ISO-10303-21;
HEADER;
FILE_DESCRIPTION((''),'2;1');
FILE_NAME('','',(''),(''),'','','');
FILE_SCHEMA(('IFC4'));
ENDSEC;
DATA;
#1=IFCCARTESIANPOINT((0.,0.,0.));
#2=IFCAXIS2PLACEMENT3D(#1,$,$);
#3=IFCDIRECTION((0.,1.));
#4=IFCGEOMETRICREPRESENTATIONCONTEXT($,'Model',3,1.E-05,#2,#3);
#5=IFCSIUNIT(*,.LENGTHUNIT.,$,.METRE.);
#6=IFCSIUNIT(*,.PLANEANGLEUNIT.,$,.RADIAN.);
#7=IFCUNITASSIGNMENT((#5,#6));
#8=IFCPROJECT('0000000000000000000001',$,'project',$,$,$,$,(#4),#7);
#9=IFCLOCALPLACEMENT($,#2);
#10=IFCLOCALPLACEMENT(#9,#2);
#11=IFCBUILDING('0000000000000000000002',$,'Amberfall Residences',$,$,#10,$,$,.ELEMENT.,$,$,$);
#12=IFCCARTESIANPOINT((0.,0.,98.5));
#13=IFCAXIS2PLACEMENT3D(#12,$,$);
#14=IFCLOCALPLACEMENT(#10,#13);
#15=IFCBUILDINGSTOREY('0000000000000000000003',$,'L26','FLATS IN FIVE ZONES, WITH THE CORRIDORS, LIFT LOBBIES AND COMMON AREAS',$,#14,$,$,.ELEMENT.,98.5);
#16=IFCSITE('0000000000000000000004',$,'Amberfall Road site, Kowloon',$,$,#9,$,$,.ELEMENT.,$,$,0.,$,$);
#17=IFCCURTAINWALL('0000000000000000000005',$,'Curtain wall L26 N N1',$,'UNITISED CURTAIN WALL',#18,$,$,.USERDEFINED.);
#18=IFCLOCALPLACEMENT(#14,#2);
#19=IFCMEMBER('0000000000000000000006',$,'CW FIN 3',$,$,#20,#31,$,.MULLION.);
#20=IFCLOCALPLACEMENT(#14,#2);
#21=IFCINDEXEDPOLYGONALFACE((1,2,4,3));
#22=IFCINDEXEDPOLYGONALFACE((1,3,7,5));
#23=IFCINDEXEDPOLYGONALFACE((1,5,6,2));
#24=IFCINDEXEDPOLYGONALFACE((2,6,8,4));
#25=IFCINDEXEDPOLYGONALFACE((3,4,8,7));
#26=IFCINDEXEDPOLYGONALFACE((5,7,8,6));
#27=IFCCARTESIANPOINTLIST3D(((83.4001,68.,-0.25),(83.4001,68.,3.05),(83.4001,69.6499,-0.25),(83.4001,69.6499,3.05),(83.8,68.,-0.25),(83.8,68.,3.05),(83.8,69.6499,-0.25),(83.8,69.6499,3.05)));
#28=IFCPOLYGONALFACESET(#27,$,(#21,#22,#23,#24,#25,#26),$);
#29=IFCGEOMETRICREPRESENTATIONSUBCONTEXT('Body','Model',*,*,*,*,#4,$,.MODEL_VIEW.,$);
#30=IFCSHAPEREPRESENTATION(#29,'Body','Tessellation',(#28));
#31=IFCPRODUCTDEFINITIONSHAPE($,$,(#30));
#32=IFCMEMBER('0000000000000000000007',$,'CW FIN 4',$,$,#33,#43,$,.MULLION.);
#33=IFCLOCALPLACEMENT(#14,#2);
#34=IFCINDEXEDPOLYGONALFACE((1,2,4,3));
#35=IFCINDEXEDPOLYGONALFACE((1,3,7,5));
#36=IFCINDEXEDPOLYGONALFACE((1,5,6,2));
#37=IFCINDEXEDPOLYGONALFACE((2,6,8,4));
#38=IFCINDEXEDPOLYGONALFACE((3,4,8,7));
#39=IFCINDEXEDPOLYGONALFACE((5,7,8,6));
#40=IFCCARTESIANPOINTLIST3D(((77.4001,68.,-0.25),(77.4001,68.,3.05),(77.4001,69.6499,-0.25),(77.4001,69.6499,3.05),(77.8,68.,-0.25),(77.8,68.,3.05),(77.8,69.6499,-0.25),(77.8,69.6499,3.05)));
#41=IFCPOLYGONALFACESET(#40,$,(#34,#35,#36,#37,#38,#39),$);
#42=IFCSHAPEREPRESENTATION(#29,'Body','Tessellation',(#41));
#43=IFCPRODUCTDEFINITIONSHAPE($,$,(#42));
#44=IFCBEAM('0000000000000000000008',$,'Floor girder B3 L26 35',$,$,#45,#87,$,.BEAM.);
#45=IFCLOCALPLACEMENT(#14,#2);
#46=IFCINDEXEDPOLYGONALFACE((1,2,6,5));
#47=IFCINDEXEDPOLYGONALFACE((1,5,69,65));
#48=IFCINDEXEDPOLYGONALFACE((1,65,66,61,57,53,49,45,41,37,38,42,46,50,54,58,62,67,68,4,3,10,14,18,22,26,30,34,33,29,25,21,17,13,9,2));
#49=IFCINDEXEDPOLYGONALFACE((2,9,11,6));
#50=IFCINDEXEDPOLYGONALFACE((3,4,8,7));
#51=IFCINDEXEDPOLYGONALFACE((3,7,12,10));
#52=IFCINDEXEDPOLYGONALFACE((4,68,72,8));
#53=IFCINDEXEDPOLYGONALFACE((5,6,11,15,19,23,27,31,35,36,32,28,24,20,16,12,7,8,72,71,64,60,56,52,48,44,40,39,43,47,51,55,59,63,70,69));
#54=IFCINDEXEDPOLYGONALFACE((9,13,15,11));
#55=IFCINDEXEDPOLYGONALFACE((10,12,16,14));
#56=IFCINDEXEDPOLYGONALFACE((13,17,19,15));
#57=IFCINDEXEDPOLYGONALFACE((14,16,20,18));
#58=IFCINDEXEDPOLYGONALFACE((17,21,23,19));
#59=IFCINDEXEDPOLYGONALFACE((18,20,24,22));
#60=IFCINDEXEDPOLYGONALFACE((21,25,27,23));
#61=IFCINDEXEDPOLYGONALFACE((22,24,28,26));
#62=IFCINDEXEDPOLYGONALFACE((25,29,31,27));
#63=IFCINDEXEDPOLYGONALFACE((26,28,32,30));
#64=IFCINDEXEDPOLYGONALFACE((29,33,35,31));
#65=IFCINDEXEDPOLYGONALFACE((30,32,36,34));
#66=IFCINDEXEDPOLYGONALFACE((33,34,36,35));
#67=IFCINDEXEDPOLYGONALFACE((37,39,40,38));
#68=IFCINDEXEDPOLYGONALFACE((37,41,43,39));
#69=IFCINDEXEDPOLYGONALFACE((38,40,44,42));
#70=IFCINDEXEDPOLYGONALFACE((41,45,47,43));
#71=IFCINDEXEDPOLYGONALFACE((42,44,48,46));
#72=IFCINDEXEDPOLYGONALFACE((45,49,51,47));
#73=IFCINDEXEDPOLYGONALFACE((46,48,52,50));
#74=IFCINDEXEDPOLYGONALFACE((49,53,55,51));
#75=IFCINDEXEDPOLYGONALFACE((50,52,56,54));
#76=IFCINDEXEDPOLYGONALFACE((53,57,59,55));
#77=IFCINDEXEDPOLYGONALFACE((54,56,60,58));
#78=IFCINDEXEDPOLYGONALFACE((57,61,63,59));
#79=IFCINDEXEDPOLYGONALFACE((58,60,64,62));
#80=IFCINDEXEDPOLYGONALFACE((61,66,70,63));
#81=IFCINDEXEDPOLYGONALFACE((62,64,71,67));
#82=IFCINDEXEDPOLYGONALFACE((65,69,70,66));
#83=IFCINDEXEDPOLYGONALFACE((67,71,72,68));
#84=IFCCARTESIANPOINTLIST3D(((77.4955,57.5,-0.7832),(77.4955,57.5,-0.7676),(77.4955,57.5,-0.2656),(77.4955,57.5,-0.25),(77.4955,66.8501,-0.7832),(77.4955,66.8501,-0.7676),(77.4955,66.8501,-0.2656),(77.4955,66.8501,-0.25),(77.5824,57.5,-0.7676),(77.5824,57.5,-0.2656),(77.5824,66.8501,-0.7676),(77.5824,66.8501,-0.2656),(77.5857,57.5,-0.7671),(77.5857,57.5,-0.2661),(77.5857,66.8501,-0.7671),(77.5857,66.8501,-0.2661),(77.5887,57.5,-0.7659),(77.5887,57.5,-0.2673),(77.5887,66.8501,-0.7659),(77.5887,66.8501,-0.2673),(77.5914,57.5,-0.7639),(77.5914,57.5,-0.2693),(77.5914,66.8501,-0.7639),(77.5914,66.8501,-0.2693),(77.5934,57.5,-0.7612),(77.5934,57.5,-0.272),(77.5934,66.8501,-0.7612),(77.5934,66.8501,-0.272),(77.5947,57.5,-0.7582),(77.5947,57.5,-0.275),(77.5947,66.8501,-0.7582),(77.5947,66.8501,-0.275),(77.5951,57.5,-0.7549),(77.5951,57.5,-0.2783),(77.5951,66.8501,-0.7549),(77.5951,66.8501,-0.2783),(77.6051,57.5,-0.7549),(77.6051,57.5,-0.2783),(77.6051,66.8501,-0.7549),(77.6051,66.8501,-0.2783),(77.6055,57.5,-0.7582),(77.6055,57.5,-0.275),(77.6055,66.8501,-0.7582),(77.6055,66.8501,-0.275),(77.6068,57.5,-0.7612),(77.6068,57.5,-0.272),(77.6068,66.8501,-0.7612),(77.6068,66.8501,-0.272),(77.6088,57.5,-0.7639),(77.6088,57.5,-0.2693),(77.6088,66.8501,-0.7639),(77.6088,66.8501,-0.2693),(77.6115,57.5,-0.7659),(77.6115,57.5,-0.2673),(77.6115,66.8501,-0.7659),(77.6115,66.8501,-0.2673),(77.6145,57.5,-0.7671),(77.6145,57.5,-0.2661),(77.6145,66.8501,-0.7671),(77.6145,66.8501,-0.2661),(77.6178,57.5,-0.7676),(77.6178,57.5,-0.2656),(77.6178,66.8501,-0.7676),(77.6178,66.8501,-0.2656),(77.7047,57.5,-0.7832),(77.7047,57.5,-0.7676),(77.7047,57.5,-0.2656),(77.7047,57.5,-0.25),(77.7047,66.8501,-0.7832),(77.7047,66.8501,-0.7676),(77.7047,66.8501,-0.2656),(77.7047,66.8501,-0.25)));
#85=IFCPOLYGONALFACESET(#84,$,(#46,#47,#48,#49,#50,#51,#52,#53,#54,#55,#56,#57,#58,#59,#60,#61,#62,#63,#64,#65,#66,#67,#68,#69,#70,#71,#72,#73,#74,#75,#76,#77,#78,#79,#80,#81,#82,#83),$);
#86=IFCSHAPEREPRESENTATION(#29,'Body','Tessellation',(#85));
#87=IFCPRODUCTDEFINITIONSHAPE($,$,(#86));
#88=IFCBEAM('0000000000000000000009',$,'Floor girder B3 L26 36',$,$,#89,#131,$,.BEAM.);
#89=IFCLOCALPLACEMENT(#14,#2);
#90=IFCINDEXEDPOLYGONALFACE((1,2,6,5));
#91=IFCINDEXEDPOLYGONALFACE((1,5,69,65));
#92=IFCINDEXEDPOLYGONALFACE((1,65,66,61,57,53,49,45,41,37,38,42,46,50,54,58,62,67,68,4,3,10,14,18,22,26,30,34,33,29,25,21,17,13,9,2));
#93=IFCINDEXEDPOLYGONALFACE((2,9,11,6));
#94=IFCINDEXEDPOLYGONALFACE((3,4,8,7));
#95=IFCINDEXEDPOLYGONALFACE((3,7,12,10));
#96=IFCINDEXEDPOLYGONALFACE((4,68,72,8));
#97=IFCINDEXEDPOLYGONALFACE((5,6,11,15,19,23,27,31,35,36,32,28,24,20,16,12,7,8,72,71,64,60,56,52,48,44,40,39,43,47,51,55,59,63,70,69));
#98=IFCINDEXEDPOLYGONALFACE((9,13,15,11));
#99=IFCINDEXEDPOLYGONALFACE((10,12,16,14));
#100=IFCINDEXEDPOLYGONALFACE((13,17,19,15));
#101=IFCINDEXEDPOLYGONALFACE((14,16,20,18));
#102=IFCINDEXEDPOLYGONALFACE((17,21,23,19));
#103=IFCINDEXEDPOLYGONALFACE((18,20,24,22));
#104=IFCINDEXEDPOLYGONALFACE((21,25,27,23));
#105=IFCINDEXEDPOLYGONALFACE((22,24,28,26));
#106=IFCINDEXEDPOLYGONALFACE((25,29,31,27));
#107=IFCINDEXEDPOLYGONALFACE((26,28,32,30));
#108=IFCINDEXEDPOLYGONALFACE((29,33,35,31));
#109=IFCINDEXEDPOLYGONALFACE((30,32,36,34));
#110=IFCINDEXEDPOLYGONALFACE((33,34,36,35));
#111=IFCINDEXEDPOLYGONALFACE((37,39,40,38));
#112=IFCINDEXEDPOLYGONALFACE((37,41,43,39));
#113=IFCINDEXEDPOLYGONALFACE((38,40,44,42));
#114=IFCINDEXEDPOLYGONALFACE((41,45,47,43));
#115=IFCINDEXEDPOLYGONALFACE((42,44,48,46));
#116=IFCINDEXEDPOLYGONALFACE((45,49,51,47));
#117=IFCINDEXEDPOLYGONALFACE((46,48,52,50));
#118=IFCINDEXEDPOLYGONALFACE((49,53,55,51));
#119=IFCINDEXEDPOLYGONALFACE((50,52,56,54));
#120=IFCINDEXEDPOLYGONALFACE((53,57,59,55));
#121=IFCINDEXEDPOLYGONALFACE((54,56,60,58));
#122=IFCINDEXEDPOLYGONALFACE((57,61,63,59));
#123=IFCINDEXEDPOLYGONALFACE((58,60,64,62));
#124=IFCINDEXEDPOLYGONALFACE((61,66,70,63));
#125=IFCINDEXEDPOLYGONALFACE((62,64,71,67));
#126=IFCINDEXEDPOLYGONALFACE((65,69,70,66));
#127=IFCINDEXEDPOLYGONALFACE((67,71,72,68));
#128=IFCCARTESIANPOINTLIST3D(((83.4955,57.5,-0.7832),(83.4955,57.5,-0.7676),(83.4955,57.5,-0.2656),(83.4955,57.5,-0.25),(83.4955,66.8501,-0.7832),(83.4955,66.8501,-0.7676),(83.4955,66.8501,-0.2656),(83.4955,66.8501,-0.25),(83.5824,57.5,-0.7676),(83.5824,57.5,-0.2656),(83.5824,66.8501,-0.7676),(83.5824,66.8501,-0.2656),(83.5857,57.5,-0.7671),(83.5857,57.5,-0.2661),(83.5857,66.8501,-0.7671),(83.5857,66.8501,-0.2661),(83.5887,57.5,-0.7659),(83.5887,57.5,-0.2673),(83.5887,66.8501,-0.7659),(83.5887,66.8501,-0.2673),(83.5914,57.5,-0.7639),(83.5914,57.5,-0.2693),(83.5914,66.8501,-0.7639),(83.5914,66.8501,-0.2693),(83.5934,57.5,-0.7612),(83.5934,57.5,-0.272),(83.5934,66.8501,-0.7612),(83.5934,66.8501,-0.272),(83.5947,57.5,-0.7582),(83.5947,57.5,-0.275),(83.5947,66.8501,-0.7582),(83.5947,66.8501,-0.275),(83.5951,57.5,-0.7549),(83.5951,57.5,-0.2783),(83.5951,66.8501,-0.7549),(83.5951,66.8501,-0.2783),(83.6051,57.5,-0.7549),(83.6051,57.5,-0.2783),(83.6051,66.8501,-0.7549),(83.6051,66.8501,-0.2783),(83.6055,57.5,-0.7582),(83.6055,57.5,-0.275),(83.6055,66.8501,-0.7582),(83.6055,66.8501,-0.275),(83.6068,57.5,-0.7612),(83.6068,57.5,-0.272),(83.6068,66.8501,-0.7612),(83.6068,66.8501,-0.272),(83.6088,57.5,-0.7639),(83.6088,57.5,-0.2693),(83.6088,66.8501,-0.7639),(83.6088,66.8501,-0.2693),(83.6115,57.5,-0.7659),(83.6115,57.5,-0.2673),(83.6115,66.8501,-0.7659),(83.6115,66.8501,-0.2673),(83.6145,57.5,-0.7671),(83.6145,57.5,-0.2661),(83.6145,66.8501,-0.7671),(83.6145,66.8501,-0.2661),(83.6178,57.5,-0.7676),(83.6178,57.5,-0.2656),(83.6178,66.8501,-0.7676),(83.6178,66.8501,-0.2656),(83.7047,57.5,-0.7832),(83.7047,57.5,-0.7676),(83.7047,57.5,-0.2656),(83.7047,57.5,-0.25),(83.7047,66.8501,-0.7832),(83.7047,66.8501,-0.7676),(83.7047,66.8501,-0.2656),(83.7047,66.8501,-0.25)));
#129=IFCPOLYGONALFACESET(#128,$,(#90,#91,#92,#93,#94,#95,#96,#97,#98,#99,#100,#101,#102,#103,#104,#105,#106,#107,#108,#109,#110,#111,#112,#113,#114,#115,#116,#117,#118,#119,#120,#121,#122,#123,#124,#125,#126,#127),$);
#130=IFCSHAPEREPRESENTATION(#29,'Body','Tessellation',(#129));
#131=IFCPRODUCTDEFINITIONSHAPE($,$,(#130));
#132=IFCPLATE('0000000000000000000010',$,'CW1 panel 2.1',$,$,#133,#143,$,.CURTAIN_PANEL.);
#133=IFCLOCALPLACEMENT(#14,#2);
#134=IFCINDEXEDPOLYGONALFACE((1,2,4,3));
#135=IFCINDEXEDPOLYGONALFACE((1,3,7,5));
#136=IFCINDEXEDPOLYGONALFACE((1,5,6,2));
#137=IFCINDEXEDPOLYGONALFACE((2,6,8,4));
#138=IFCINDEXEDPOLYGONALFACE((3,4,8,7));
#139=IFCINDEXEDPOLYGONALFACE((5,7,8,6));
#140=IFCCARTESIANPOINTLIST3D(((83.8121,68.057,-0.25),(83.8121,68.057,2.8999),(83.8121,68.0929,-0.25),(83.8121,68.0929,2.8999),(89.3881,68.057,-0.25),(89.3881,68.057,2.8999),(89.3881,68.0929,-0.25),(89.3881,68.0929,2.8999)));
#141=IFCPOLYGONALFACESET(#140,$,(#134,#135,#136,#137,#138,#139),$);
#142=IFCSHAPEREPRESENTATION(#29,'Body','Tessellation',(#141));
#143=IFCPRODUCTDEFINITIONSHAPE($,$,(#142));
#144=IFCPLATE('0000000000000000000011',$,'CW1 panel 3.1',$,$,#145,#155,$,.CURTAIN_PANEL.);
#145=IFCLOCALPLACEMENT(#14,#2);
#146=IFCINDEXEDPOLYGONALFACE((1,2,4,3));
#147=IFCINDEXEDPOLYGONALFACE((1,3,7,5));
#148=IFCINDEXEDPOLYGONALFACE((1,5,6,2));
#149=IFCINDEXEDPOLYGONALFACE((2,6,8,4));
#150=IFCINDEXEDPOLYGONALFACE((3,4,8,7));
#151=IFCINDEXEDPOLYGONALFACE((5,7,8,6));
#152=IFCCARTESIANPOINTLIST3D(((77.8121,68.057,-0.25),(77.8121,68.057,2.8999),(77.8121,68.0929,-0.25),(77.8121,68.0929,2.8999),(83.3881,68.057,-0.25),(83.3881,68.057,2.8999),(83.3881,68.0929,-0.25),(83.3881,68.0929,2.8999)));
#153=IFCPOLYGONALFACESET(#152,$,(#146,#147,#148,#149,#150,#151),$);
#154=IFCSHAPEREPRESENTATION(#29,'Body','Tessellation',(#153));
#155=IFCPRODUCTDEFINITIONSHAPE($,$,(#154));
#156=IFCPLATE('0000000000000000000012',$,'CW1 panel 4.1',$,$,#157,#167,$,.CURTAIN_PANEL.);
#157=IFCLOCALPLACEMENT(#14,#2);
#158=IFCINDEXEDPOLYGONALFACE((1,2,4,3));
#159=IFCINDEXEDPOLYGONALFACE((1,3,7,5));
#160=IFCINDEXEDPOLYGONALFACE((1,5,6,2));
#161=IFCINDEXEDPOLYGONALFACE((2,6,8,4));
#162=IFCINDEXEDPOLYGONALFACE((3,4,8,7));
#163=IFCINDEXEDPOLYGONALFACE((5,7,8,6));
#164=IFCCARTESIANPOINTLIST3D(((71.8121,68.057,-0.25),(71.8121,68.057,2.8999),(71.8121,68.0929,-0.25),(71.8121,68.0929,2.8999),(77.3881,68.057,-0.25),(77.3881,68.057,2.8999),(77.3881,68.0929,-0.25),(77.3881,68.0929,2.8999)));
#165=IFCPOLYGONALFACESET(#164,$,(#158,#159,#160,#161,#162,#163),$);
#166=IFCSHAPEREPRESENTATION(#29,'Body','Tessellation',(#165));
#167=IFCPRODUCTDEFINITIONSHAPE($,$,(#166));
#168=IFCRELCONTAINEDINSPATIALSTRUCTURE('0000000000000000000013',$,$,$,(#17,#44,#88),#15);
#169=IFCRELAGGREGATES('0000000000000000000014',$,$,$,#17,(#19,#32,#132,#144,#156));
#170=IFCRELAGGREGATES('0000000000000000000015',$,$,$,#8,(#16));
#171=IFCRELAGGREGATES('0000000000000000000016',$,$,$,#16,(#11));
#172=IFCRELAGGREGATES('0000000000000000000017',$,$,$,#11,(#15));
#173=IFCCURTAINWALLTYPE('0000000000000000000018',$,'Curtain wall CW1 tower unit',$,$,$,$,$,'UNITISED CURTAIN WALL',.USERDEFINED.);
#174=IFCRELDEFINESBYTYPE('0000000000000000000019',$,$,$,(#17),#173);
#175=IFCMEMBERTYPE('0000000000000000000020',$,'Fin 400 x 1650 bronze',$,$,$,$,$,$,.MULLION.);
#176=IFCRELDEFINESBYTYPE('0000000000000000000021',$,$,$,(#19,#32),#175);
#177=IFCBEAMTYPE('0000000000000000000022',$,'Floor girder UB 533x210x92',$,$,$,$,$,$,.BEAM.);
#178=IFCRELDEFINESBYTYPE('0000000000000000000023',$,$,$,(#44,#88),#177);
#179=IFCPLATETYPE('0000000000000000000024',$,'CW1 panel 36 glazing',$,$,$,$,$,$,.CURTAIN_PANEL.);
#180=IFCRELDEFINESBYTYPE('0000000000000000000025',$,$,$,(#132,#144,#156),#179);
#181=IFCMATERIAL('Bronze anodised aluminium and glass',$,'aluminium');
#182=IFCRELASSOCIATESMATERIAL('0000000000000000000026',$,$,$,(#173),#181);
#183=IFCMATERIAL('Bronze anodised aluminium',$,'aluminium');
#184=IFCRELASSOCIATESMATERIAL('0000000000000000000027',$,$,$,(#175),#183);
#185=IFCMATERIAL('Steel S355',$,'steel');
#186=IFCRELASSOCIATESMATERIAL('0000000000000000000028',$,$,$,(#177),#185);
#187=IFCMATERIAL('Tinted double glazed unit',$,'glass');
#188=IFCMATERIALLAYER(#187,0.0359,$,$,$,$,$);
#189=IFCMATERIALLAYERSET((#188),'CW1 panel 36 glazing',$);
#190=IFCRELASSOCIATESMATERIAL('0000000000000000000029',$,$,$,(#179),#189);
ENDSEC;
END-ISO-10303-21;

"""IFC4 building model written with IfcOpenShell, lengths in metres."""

from ifc_helpers import new_model, si_unit, direction, frame, origin, origin_2d, place, context, subcontext, project, spatial, rectangle, i_section, extrude, material, layer, layer_set, material_profile, profile_set, type_object, element, aggregate, save


model = new_model("IFC4")

# Units and contexts
model_context = context("Model", 3, precision=1e-05, world=origin(), true_north=direction((0.0, 1.0)))
body_context = subcontext(model_context, "Body", "Model", "MODEL_VIEW")
ifc_project = project(units=[si_unit("LENGTHUNIT", "METRE"), si_unit("PLANEANGLEUNIT", "RADIAN")], contexts=[model_context])

# Site, building, storey
site_placement = place(None, origin())
site = spatial("IfcSite", under=ifc_project, at=site_placement, Name="Amberfall Road site, Kowloon", CompositionType="ELEMENT", RefElevation=0.0)
building_placement = place(site_placement, origin())
building = spatial("IfcBuilding", under=site, at=building_placement, Name="Amberfall Residences", CompositionType="ELEMENT")
storey_placement = place(building_placement, frame((0.0, 0.0, 98.5)))
storey = spatial("IfcBuildingStorey", under=building, at=storey_placement, Name="L26", Description="FLATS IN FIVE ZONES, WITH THE CORRIDORS, LIFT LOBBIES AND COMMON AREAS", CompositionType="ELEMENT", Elevation=98.5)

# Curtain wall
ifc_material_1 = material(Name="Bronze anodised aluminium and glass", Category="aluminium")
curtain_wall_type = type_object("IfcCurtainWallType", Name="Curtain wall CW1 tower unit", ElementType="UNITISED CURTAIN WALL", PredefinedType="USERDEFINED", material=ifc_material_1)
curtain_wall_placement = place(storey_placement, origin())
curtain_wall = element("IfcCurtainWall", 1, at=curtain_wall_placement, inside=storey, type_object=curtain_wall_type, Name="Curtain wall L26 N N1", ObjectType="UNITISED CURTAIN WALL", PredefinedType="USERDEFINED")
ifc_material_2 = material(Name="Bronze anodised aluminium", Category="aluminium")

# Shared definitions
ifc_material_3 = material(Name="Steel S355", Category="steel")

# Members
ifc_material_profile_1 = material_profile(ifc_material_2, rectangle(XDim=1.6499, YDim=0.3999, at=origin_2d()), Name="Fin 400 x 1650 bronze")
ifc_profile_set_1 = profile_set([ifc_material_profile_1], Name="Bronze anodised aluminium")
member_type_1 = type_object("IfcMemberType", Name="Fin 400 x 1650 bronze", PredefinedType="MULLION", material=ifc_profile_set_1)
member_1_placement = place(storey_placement, frame((83.6001, 68.825, -0.25), z_axis=(0.0, 0.0, 1.0), x_axis=(0.0, -1.0, 0.0)))
member_1 = element("IfcMember", 2, at=member_1_placement, type_object=member_type_1, Name="CW FIN 3", PredefinedType="MULLION", context=body_context, shape_type="SweptSolid", body=[
    extrude(rectangle(XDim=1.6499, YDim=0.3999, at=origin_2d()), origin(), (0.0, 0.0, 1.0), 3.3),
])
member_2_placement = place(storey_placement, frame((77.6001, 68.825, -0.25), z_axis=(0.0, 0.0, 1.0), x_axis=(0.0, -1.0, 0.0)))
member_2 = element("IfcMember", 3, at=member_2_placement, type_object=member_type_1, Name="CW FIN 4", PredefinedType="MULLION", context=body_context, shape_type="SweptSolid", body=[
    extrude(rectangle(XDim=1.6499, YDim=0.3999, at=origin_2d()), origin(), (0.0, 0.0, 1.0), 3.3),
])

# Beams
ifc_material_profile_2 = material_profile(ifc_material_3, i_section(OverallWidth=0.2092, OverallDepth=0.5332, WebThickness=0.01, FlangeThickness=0.0156, FilletRadius=0.0127, at=origin_2d()), Name="UB 533x210x92")
ifc_profile_set_2 = profile_set([ifc_material_profile_2], Name="Steel S355")
beam_type_1 = type_object("IfcBeamType", Name="Floor girder UB 533x210x92", PredefinedType="BEAM", material=ifc_profile_set_2)
for number, where, z_axis, x_axis, name in (
    (4, (77.6001, 66.8501, -0.5166), (0.0, -1.0, 0.0), (1.0, 0.0, 0.0), "Floor girder B3 L26 35"),
    (5, (83.6001, 66.8501, -0.5166), (0.0, -1.0, 0.0), (1.0, 0.0, 0.0), "Floor girder B3 L26 36"),
):
    element("IfcBeam", number, at=place(storey_placement, frame(where, z_axis=z_axis, x_axis=x_axis)), inside=storey, type_object=beam_type_1, Name=name, PredefinedType="BEAM", context=body_context, shape_type="SweptSolid", body=[
        extrude(i_section(OverallWidth=0.2092, OverallDepth=0.5332, WebThickness=0.01, FlangeThickness=0.0156, FilletRadius=0.0127, at=origin_2d()), origin(), (0.0, 0.0, 1.0), 9.3501),
    ])

# Plates
ifc_material_4 = material(Name="Tinted double glazed unit", Category="glass")
ifc_layer_1 = layer(ifc_material_4, 0.0359)
ifc_layer_set_1 = layer_set([ifc_layer_1], Name="CW1 panel 36 glazing")
plate_type = type_object("IfcPlateType", Name="CW1 panel 36 glazing", PredefinedType="CURTAIN_PANEL", material=ifc_layer_set_1)
plate_1_placement = place(storey_placement, frame((86.6001, 68.075, -0.25), z_axis=(0.0, 0.0, 1.0), x_axis=(-1.0, 0.0, 0.0)))
plate_1 = element("IfcPlate", 6, at=plate_1_placement, type_object=plate_type, Name="CW1 panel 2.1", PredefinedType="CURTAIN_PANEL", context=body_context, shape_type="SweptSolid", body=[
    extrude(rectangle(XDim=5.5759, YDim=0.0359, at=origin_2d()), origin(), (0.0, 0.0, 1.0), 3.1499),
])
plate_2_placement = place(storey_placement, frame((80.6001, 68.075, -0.25), z_axis=(0.0, 0.0, 1.0), x_axis=(-1.0, 0.0, 0.0)))
plate_2 = element("IfcPlate", 7, at=plate_2_placement, type_object=plate_type, Name="CW1 panel 3.1", PredefinedType="CURTAIN_PANEL", context=body_context, shape_type="SweptSolid", body=[
    extrude(rectangle(XDim=5.5759, YDim=0.0359, at=origin_2d()), origin(), (0.0, 0.0, 1.0), 3.1499),
])
plate_3_placement = place(storey_placement, frame((74.6001, 68.075, -0.25), z_axis=(0.0, 0.0, 1.0), x_axis=(-1.0, 0.0, 0.0)))
plate_3 = element("IfcPlate", 8, at=plate_3_placement, type_object=plate_type, Name="CW1 panel 4.1", PredefinedType="CURTAIN_PANEL", context=body_context, shape_type="SweptSolid", body=[
    extrude(rectangle(XDim=5.5759, YDim=0.0359, at=origin_2d()), origin(), (0.0, 0.0, 1.0), 3.1499),
])
aggregate(curtain_wall, [member_1, member_2, plate_1, plate_2, plate_3])

save(model, "model.ifc")
